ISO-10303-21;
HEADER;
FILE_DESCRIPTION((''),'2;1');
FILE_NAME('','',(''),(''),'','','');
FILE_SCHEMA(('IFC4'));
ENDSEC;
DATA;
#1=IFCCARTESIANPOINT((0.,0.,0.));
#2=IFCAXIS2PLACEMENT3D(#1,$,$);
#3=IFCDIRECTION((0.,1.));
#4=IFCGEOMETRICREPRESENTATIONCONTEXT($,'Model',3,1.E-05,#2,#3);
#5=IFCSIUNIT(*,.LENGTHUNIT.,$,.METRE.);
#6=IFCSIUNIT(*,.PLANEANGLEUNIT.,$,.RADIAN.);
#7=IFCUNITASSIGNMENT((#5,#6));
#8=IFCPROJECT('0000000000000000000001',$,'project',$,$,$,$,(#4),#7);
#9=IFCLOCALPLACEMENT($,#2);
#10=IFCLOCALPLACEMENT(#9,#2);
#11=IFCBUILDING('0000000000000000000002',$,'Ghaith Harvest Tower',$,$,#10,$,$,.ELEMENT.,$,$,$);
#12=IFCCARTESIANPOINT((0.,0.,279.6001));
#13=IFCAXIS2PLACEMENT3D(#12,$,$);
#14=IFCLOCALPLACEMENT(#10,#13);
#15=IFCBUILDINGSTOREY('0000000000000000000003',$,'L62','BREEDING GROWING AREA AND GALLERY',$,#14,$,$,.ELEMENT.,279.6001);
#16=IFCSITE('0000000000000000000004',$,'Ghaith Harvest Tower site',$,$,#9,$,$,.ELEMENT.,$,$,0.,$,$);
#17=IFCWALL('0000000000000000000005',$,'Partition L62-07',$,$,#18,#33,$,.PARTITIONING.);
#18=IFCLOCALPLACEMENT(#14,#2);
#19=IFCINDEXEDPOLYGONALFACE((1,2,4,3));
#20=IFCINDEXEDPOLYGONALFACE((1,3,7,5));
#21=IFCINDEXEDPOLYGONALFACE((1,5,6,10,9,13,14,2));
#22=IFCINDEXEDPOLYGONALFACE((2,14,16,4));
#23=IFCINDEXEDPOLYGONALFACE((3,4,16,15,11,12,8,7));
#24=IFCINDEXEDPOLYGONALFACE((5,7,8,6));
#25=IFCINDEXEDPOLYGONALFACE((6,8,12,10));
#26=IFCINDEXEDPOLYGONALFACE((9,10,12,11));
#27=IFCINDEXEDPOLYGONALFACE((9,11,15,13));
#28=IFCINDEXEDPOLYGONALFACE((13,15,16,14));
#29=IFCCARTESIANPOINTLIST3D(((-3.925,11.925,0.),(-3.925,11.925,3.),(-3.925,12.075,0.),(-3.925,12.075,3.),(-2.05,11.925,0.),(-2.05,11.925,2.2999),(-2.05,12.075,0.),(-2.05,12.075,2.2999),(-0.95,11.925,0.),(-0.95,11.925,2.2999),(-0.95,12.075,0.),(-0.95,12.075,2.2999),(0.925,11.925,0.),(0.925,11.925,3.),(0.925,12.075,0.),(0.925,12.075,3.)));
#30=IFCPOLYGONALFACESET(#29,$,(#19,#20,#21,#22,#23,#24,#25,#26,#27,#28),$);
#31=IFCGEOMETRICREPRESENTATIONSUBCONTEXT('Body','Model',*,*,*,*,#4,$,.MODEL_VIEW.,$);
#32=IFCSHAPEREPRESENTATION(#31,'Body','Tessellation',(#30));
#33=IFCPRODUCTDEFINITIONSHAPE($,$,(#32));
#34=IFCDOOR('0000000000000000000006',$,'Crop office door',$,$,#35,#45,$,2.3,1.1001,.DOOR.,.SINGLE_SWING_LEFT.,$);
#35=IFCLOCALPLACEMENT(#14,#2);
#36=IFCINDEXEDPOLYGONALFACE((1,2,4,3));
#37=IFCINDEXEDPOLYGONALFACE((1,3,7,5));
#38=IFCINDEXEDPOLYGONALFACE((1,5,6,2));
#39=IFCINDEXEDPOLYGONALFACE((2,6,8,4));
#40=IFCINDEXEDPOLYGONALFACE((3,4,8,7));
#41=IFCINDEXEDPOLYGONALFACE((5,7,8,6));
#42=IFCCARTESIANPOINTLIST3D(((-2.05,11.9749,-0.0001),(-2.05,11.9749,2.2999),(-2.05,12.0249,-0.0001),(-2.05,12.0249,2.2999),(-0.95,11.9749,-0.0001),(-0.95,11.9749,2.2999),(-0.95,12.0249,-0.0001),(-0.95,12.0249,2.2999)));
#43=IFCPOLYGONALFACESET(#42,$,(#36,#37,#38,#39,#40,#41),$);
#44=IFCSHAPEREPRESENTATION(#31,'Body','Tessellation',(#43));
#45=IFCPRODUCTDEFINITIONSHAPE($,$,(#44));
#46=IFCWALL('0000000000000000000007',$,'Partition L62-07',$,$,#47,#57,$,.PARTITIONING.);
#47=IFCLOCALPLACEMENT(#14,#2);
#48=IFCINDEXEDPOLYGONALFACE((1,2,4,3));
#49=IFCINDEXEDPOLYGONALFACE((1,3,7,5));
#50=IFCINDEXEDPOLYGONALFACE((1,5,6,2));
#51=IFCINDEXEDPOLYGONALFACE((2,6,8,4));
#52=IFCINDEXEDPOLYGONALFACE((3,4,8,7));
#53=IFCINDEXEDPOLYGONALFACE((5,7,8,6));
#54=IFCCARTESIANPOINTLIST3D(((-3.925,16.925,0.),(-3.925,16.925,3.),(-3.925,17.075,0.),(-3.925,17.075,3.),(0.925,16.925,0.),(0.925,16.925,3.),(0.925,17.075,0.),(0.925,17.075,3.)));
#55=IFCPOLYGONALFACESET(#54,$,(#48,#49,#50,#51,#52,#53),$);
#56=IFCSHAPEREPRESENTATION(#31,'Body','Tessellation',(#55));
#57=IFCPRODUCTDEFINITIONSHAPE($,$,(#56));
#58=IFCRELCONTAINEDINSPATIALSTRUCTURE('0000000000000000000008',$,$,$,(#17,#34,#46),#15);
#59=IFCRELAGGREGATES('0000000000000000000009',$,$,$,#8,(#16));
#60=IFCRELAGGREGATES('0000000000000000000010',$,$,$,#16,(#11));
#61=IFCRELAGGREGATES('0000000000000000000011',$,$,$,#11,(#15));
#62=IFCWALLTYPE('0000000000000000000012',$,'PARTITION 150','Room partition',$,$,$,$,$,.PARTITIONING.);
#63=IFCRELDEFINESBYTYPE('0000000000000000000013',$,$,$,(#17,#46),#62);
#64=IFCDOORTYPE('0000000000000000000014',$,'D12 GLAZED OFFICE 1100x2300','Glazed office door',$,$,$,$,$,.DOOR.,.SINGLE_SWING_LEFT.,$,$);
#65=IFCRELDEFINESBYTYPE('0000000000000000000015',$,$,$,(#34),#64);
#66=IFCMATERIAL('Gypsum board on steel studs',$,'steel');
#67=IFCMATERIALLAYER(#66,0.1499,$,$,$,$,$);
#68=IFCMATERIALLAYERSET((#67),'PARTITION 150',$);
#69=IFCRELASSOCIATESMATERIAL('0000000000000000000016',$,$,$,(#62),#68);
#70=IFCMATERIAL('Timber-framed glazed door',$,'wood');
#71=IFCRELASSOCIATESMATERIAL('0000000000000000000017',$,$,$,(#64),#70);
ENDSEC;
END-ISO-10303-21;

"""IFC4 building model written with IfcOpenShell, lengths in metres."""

from ifc_helpers import new_model, si_unit, direction, frame, frame_2d, origin, place, context, subcontext, project, spatial, rectangle, extrude, material, layer, layer_set, type_object, element, fill, save


model = new_model("IFC4")

# Units and contexts
model_context = context("Model", 3, precision=1e-05, world=origin(), true_north=direction((0.0, 1.0)))
body_context = subcontext(model_context, "Body", "Model", "MODEL_VIEW")
ifc_project = project(units=[si_unit("LENGTHUNIT", "METRE"), si_unit("PLANEANGLEUNIT", "RADIAN")], contexts=[model_context])

# Site, building, storey
site_placement = place(None, origin())
site = spatial("IfcSite", under=ifc_project, at=site_placement, Name="Ghaith Harvest Tower site", CompositionType="ELEMENT", RefElevation=0.0)
building_placement = place(site_placement, origin())
building = spatial("IfcBuilding", under=site, at=building_placement, Name="Ghaith Harvest Tower", CompositionType="ELEMENT")
storey_placement = place(building_placement, frame((0.0, 0.0, 279.6001)))
storey = spatial("IfcBuildingStorey", under=building, at=storey_placement, Name="L62", Description="BREEDING GROWING AREA AND GALLERY", CompositionType="ELEMENT", Elevation=279.6001)

# Shared definitions
ifc_material_1 = material(Name="Gypsum board on steel studs", Category="steel")
ifc_layer_1 = layer(ifc_material_1, 0.1499)
ifc_layer_set_1 = layer_set([ifc_layer_1], Name="PARTITION 150")
wall_type = type_object("IfcWallType", Name="PARTITION 150", Description="Room partition", PredefinedType="PARTITIONING", material=ifc_layer_set_1)

# Wall, opening, door
wall_1_placement = place(storey_placement, frame((-3.925, 12.0, 0.0), z_axis=(0.0, 0.0, 1.0), x_axis=(1.0, 0.0, 0.0)))
wall_1 = element("IfcWall", 1, at=wall_1_placement, inside=storey, type_object=wall_type, Name="Partition L62-07", PredefinedType="PARTITIONING", context=body_context, shape_type="SweptSolid", body=[
    extrude(rectangle(XDim=4.8501, YDim=0.1499, at=frame_2d((2.425, 0.0))), origin(), (0.0, 0.0, 1.0), 3.0),
])
opening_1_placement = place(wall_1_placement, frame((1.875, 0.0, 0.0)))
opening_1 = element("IfcOpeningElement", 2, at=opening_1_placement, cuts=wall_1, PredefinedType="OPENING", context=body_context, shape_type="SweptSolid", body=[
    extrude(rectangle(XDim=1.1001, YDim=2.3, at=frame_2d((0.55, 1.1499))), frame((0.0, 0.085, 0.0), z_axis=(0.0, -1.0, 0.0), x_axis=(1.0, 0.0, 0.0)), (0.0, 0.0, 1.0), 0.1699),
])
ifc_material_2 = material(Name="Timber-framed glazed door", Category="wood")
door_type_1 = type_object("IfcDoorType", Name="D12 GLAZED OFFICE 1100x2300", Description="Glazed office door", OperationType="SINGLE_SWING_LEFT", PredefinedType="DOOR", material=ifc_material_2)
door_1_placement = place(opening_1_placement, origin())
door_1 = element("IfcDoor", 3, at=door_1_placement, inside=storey, type_object=door_type_1, Name="Crop office door", OperationType="SINGLE_SWING_LEFT", OverallHeight=2.3, OverallWidth=1.1001, PredefinedType="DOOR", context=body_context, shape_type="SweptSolid", body=[
    extrude(rectangle(XDim=1.1001, YDim=2.3, at=frame_2d((0.55, 1.1499))), frame((0.0, 0.0249, 0.0), z_axis=(0.0, -1.0, 0.0), x_axis=(1.0, 0.0, 0.0)), (0.0, 0.0, 1.0), 0.05),
])
fill(opening_1, door_1)

# Wall
wall_2_placement = place(storey_placement, frame((-3.925, 17.0, 0.0), z_axis=(0.0, 0.0, 1.0), x_axis=(1.0, 0.0, 0.0)))
element("IfcWall", 4, at=wall_2_placement, inside=storey, type_object=wall_type, Name="Partition L62-07", PredefinedType="PARTITIONING", context=body_context, shape_type="SweptSolid", body=[
    extrude(rectangle(XDim=4.8501, YDim=0.1499, at=frame_2d((2.425, 0.0))), origin(), (0.0, 0.0, 1.0), 3.0),
])

save(model, "model.ifc")
